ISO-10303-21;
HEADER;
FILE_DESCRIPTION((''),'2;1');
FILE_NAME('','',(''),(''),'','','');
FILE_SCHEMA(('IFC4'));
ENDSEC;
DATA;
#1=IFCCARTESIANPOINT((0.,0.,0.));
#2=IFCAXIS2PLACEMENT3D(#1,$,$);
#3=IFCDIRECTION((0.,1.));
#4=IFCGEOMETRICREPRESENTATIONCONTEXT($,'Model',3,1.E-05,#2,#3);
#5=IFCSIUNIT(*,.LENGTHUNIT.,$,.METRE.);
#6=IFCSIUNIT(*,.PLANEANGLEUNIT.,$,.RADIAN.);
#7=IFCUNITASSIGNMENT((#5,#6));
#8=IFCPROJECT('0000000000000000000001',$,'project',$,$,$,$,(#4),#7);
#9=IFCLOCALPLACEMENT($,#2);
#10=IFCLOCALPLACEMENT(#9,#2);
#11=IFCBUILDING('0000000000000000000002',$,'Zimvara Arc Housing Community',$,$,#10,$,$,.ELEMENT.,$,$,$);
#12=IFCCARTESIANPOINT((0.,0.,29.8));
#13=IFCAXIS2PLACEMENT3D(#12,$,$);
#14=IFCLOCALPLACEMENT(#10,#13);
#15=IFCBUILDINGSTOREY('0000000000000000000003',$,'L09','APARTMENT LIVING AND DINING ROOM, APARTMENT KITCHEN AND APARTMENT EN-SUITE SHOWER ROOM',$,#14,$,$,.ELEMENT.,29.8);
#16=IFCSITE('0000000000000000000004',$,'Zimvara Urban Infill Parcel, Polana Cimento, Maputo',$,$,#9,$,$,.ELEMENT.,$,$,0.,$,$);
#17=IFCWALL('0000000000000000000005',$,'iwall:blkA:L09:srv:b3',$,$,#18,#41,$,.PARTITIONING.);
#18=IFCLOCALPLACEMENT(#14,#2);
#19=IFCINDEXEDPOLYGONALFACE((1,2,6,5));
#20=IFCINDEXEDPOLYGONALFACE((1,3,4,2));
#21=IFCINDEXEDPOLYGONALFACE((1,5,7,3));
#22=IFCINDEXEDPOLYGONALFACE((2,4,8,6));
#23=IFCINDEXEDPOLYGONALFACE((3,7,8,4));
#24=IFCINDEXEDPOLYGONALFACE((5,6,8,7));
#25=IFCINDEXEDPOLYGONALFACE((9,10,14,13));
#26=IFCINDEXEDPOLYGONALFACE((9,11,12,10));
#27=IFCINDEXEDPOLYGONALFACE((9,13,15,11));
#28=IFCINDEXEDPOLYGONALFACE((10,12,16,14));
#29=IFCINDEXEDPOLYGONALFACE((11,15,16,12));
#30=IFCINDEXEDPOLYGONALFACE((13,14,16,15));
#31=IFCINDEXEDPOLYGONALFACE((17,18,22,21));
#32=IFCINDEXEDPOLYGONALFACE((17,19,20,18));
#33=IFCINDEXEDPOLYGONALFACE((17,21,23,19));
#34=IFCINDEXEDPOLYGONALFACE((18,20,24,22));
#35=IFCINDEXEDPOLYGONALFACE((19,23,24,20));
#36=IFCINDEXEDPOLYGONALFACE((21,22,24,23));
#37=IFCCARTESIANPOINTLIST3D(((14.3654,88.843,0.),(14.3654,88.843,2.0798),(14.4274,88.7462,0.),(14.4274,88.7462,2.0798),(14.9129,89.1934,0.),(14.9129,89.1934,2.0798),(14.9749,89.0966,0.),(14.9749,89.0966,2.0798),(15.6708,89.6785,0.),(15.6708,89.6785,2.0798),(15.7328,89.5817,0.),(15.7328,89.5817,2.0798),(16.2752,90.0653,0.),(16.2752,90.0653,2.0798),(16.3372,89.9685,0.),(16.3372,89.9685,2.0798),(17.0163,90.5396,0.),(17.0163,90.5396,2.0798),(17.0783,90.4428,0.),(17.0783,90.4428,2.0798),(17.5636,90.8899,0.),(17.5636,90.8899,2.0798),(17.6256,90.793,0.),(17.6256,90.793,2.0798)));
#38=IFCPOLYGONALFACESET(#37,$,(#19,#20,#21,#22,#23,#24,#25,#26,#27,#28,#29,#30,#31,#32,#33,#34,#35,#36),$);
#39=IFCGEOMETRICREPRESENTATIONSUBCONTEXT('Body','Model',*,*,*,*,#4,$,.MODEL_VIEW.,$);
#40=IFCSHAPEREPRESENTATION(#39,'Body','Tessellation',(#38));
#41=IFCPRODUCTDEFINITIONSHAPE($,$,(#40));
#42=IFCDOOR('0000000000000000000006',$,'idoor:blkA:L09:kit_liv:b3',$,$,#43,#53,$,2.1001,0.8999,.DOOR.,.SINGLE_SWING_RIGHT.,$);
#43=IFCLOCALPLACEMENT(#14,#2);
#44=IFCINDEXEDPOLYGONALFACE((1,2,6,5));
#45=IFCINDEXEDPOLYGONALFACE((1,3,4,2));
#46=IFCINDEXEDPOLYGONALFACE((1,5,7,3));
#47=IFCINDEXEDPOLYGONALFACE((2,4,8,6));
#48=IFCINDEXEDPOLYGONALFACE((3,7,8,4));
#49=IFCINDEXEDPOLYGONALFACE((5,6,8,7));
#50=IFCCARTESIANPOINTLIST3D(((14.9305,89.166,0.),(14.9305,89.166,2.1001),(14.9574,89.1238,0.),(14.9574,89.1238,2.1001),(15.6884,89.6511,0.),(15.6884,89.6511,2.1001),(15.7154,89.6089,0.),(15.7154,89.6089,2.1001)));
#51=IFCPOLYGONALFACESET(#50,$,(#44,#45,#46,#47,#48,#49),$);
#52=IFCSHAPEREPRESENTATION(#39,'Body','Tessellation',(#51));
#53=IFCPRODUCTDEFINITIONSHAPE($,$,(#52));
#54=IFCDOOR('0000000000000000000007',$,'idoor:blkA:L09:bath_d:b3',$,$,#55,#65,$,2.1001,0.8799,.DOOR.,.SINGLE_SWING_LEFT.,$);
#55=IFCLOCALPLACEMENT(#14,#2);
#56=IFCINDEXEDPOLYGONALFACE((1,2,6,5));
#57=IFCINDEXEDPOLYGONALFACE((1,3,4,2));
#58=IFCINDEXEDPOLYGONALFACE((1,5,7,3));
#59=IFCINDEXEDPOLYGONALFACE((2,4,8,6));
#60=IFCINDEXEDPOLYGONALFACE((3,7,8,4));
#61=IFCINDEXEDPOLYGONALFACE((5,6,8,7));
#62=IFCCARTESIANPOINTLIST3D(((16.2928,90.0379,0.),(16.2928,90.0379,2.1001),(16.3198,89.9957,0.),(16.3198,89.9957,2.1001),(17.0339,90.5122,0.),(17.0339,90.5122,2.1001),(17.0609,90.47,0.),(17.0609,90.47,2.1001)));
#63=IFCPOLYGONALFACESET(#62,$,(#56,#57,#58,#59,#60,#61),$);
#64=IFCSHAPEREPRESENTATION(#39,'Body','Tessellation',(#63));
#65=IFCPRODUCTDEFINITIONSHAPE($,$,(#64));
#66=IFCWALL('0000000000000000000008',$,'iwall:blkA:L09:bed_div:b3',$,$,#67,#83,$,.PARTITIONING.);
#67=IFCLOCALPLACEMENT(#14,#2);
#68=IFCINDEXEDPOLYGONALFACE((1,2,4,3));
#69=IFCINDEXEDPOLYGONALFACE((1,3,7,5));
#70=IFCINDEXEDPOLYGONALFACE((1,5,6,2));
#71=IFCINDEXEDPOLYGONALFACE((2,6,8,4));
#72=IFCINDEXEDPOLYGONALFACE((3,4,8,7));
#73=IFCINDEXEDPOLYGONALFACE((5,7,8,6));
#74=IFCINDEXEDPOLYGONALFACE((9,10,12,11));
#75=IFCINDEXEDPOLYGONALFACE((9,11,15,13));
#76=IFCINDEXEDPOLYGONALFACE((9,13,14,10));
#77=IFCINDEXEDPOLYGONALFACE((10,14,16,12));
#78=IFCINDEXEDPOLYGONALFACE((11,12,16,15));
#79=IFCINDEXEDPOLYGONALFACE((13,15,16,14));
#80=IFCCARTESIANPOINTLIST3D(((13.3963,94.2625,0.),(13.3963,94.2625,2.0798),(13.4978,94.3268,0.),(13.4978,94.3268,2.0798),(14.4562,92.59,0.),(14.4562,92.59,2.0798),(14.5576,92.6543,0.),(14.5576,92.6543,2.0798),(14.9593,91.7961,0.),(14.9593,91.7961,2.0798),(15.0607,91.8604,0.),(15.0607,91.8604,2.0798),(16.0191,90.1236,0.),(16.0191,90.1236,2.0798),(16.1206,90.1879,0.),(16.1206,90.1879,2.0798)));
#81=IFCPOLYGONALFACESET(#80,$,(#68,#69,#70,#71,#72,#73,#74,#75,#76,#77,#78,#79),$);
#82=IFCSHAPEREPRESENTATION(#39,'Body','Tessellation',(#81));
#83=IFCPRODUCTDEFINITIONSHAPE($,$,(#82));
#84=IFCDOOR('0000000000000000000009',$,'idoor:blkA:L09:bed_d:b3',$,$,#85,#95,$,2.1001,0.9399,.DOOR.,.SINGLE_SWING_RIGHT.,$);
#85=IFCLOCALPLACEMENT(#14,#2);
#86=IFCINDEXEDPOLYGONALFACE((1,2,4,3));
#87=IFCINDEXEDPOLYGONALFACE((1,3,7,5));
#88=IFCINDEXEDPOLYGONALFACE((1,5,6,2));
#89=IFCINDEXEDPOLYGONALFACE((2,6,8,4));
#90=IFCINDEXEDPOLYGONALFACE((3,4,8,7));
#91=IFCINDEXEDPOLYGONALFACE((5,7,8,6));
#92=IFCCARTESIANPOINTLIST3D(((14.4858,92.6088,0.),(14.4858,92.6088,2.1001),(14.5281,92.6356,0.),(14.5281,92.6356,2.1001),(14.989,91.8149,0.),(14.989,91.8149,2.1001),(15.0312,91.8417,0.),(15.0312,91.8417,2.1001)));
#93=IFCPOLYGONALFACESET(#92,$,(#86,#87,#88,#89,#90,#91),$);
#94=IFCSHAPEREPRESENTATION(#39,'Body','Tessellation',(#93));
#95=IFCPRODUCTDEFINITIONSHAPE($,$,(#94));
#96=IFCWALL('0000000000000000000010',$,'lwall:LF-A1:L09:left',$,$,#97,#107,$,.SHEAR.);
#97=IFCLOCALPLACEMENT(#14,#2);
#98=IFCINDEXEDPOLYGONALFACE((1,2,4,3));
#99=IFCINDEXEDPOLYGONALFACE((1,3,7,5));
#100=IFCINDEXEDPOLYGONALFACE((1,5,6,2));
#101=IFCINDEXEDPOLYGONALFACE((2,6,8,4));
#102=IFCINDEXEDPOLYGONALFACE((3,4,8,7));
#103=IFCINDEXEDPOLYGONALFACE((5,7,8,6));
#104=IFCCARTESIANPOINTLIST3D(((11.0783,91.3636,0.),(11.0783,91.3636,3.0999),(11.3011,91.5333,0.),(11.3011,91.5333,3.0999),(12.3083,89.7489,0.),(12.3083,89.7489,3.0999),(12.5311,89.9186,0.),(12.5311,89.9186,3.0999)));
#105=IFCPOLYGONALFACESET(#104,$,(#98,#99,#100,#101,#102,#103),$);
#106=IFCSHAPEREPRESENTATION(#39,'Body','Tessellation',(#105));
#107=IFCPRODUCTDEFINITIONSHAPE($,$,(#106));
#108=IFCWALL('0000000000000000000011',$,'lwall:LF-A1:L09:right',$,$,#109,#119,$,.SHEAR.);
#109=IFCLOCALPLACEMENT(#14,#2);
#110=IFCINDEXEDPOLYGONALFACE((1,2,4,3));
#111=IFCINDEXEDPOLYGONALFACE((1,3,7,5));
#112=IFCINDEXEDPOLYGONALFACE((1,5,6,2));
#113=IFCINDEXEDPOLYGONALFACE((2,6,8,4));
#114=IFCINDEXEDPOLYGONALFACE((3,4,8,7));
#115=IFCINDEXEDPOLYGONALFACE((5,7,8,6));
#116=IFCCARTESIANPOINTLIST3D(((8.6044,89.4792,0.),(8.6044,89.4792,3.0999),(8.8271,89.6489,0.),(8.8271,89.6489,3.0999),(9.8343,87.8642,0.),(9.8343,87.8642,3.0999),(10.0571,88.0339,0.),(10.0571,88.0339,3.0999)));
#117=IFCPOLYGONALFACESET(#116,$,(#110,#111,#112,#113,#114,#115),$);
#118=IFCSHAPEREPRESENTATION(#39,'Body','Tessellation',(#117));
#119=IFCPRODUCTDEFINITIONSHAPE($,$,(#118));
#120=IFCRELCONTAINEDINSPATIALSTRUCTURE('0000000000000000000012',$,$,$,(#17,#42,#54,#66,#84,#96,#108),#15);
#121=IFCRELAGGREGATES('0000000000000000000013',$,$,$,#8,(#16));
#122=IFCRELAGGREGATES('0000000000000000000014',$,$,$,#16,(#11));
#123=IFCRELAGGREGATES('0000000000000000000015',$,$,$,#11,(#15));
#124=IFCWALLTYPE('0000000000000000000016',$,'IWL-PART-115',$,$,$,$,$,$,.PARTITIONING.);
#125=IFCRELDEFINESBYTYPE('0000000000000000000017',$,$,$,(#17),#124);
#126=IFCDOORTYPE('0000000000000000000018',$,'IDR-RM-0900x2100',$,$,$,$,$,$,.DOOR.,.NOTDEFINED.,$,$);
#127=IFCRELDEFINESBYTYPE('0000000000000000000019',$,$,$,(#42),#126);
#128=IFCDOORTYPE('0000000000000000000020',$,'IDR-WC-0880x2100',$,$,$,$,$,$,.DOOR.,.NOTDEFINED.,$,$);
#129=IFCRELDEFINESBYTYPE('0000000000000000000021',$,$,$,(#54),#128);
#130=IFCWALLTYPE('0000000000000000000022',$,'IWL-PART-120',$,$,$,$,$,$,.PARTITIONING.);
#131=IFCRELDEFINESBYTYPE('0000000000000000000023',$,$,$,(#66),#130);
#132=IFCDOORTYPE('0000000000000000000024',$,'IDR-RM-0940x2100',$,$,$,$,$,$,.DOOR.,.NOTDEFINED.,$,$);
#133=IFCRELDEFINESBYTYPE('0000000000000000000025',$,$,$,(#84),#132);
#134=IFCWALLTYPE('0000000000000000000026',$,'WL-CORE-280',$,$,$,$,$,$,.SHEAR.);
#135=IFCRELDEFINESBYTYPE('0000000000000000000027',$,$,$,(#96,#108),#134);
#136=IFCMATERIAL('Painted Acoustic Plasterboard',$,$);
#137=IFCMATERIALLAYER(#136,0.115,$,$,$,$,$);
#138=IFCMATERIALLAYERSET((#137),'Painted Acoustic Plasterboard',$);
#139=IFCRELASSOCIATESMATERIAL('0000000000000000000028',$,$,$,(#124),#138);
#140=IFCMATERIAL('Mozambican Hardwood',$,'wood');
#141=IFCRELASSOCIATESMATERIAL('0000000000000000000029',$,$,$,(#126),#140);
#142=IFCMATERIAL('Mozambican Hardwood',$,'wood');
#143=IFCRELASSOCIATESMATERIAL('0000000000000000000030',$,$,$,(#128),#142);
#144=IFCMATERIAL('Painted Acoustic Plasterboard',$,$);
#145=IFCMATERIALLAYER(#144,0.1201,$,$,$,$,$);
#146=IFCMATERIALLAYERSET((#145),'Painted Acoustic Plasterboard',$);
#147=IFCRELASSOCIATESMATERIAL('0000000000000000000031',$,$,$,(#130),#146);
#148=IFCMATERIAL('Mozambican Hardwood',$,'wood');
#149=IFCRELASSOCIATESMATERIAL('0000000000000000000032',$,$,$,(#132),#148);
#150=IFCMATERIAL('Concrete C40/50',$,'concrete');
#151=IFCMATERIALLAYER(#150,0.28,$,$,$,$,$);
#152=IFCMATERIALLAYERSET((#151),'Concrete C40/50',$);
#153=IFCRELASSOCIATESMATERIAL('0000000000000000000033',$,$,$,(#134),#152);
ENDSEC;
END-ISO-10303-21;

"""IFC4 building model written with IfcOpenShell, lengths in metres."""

from ifc_helpers import new_model, si_unit, direction, frame, frame_2d, origin, place, context, subcontext, project, spatial, rectangle, extrude, material, layer, layer_set, type_object, element, fill, save


model = new_model("IFC4")

# Units and contexts
model_context = context("Model", 3, precision=1e-05, world=origin(), true_north=direction((0.0, 1.0)))
body_context = subcontext(model_context, "Body", "Model", "MODEL_VIEW")
ifc_project = project(units=[si_unit("LENGTHUNIT", "METRE"), si_unit("PLANEANGLEUNIT", "RADIAN")], contexts=[model_context])

# Site, building, storey
site_placement = place(None, origin())
site = spatial("IfcSite", under=ifc_project, at=site_placement, Name="Zimvara Urban Infill Parcel, Polana Cimento, Maputo", CompositionType="ELEMENT", RefElevation=0.0)
building_placement = place(site_placement, origin())
building = spatial("IfcBuilding", under=site, at=building_placement, Name="Zimvara Arc Housing Community", CompositionType="ELEMENT")
storey_placement = place(building_placement, frame((0.0, 0.0, 29.8)))
storey = spatial("IfcBuildingStorey", under=building, at=storey_placement, Name="L09", Description="APARTMENT LIVING AND DINING ROOM, APARTMENT KITCHEN AND APARTMENT EN-SUITE SHOWER ROOM", CompositionType="ELEMENT", Elevation=29.8)

# Wall, openings, doors
ifc_material_1 = material(Name="Painted Acoustic Plasterboard")
ifc_layer_1 = layer(ifc_material_1, 0.115)
ifc_layer_set_1 = layer_set([ifc_layer_1], Name="Painted Acoustic Plasterboard")
wall_type_1 = type_object("IfcWallType", Name="IWL-PART-115", PredefinedType="PARTITIONING", material=ifc_layer_set_1)
wall_1_placement = place(storey_placement, frame((14.3965, 88.7947, 0.0), z_axis=(0.0, 0.0, 1.0), x_axis=(0.842271, 0.539054, 0.0)))
wall_1 = element("IfcWall", 1, at=wall_1_placement, inside=storey, type_object=wall_type_1, Name="iwall:blkA:L09:srv:b3", PredefinedType="PARTITIONING", context=body_context, shape_type="SweptSolid", body=[
    extrude(rectangle(XDim=3.7971, YDim=0.115, at=frame_2d((1.8984, 0.0))), origin(), (0.0, 0.0, 1.0), 2.0798),
])
opening_1_placement = place(wall_1_placement, frame((0.6499, 0.0, 0.0)))
opening_1 = element("IfcOpeningElement", 2, at=opening_1_placement, cuts=wall_1, PredefinedType="OPENING", context=body_context, shape_type="SweptSolid", body=[
    extrude(rectangle(XDim=0.8999, YDim=2.1001, at=frame_2d((0.45, 1.05))), frame((0.0, 0.0674, 0.0), z_axis=(0.0, -1.0, 0.0), x_axis=(1.0, 0.0, 0.0)), (0.0, 0.0, 1.0), 0.135),
])
opening_2_placement = place(wall_1_placement, frame((2.2673, 0.0, 0.0)))
opening_2 = element("IfcOpeningElement", 3, at=opening_2_placement, cuts=wall_1, PredefinedType="OPENING", context=body_context, shape_type="SweptSolid", body=[
    extrude(rectangle(XDim=0.8799, YDim=2.1001, at=frame_2d((0.4399, 1.05))), frame((0.0, 0.0674, 0.0), z_axis=(0.0, -1.0, 0.0), x_axis=(1.0, 0.0, 0.0)), (0.0, 0.0, 1.0), 0.135),
])
ifc_material_2 = material(Name="Mozambican Hardwood", Category="wood")
door_type_1 = type_object("IfcDoorType", Name="IDR-RM-0900x2100", OperationType="NOTDEFINED", PredefinedType="DOOR", material=ifc_material_2)
door_1_placement = place(opening_1_placement, origin())
door_1 = element("IfcDoor", 4, at=door_1_placement, inside=storey, type_object=door_type_1, Name="idoor:blkA:L09:kit_liv:b3", OperationType="SINGLE_SWING_RIGHT", OverallHeight=2.1001, OverallWidth=0.8999, PredefinedType="DOOR", context=body_context, shape_type="SweptSolid", body=[
    extrude(rectangle(XDim=0.8999, YDim=2.1001, at=frame_2d((0.45, 1.05))), frame((0.0, 0.0249, 0.0), z_axis=(0.0, -1.0, 0.0), x_axis=(1.0, 0.0, 0.0)), (0.0, 0.0, 1.0), 0.05),
])
fill(opening_1, door_1)
ifc_material_3 = material(Name="Mozambican Hardwood", Category="wood")
door_type_2 = type_object("IfcDoorType", Name="IDR-WC-0880x2100", OperationType="NOTDEFINED", PredefinedType="DOOR", material=ifc_material_3)
door_2_placement = place(opening_2_placement, origin())
door_2 = element("IfcDoor", 5, at=door_2_placement, inside=storey, type_object=door_type_2, Name="idoor:blkA:L09:bath_d:b3", OperationType="SINGLE_SWING_LEFT", OverallHeight=2.1001, OverallWidth=0.8799, PredefinedType="DOOR", context=body_context, shape_type="SweptSolid", body=[
    extrude(rectangle(XDim=0.8799, YDim=2.1001, at=frame_2d((0.4399, 1.05))), frame((0.0, 0.0249, 0.0), z_axis=(0.0, -1.0, 0.0), x_axis=(1.0, 0.0, 0.0)), (0.0, 0.0, 1.0), 0.05),
])
fill(opening_2, door_2)

# Wall, opening, door
ifc_material_4 = material(Name="Painted Acoustic Plasterboard")
ifc_layer_2 = layer(ifc_material_4, 0.1201)
ifc_layer_set_2 = layer_set([ifc_layer_2], Name="Painted Acoustic Plasterboard")
wall_type_2 = type_object("IfcWallType", Name="IWL-PART-120", PredefinedType="PARTITIONING", material=ifc_layer_set_2)
wall_2_placement = place(storey_placement, frame((16.0698, 90.1558, 0.0), z_axis=(0.0, 0.0, 1.0), x_axis=(-0.535269, 0.844682, 0.0)))
wall_2 = element("IfcWall", 6, at=wall_2_placement, inside=storey, type_object=wall_type_2, Name="iwall:blkA:L09:bed_div:b3", PredefinedType="PARTITIONING", context=body_context, shape_type="SweptSolid", body=[
    extrude(rectangle(XDim=4.8999, YDim=0.1201, at=frame_2d((2.45, 0.0))), origin(), (0.0, 0.0, 1.0), 2.0798),
])
opening_3_placement = place(wall_2_placement, frame((1.98, 0.0, 0.0)))
opening_3 = element("IfcOpeningElement", 7, at=opening_3_placement, cuts=wall_2, PredefinedType="OPENING", context=body_context, shape_type="SweptSolid", body=[
    extrude(rectangle(XDim=0.9399, YDim=2.1001, at=frame_2d((0.47, 1.05))), frame((0.0, 0.0701, 0.0), z_axis=(0.0, -1.0, 0.0), x_axis=(1.0, 0.0, 0.0)), (0.0, 0.0, 1.0), 0.1401),
])
ifc_material_5 = material(Name="Mozambican Hardwood", Category="wood")
door_type_3 = type_object("IfcDoorType", Name="IDR-RM-0940x2100", OperationType="NOTDEFINED", PredefinedType="DOOR", material=ifc_material_5)
door_3_placement = place(opening_3_placement, origin())
door_3 = element("IfcDoor", 8, at=door_3_placement, inside=storey, type_object=door_type_3, Name="idoor:blkA:L09:bed_d:b3", OperationType="SINGLE_SWING_RIGHT", OverallHeight=2.1001, OverallWidth=0.9399, PredefinedType="DOOR", context=body_context, shape_type="SweptSolid", body=[
    extrude(rectangle(XDim=0.9399, YDim=2.1001, at=frame_2d((0.47, 1.05))), frame((0.0, 0.0249, 0.0), z_axis=(0.0, -1.0, 0.0), x_axis=(1.0, 0.0, 0.0)), (0.0, 0.0, 1.0), 0.05),
])
fill(opening_3, door_3)
ifc_material_6 = material(Name="Concrete C40/50", Category="concrete")
ifc_layer_3 = layer(ifc_material_6, 0.28)
ifc_layer_set_3 = layer_set([ifc_layer_3], Name="Concrete C40/50")
wall_type_3 = type_object("IfcWallType", Name="WL-CORE-280", PredefinedType="SHEAR", material=ifc_layer_set_3)

# Walls
wall_3_placement = place(storey_placement, frame((12.4197, 89.8337, 0.0), z_axis=(0.0, 0.0, 1.0), x_axis=(-0.605949, 0.795504, 0.0)))
element("IfcWall", 9, at=wall_3_placement, inside=storey, type_object=wall_type_3, Name="lwall:LF-A1:L09:left", PredefinedType="SHEAR", context=body_context, shape_type="SweptSolid", body=[
    extrude(rectangle(XDim=2.0298, YDim=0.28, at=frame_2d((1.0149, 0.0))), origin(), (0.0, 0.0, 1.0), 3.0999),
])
wall_4_placement = place(storey_placement, frame((9.9458, 87.949, 0.0), z_axis=(0.0, 0.0, 1.0), x_axis=(-0.605891, 0.795548, 0.0)))
element("IfcWall", 10, at=wall_4_placement, inside=storey, type_object=wall_type_3, Name="lwall:LF-A1:L09:right", PredefinedType="SHEAR", context=body_context, shape_type="SweptSolid", body=[
    extrude(rectangle(XDim=2.03, YDim=0.28, at=frame_2d((1.0151, 0.0))), origin(), (0.0, 0.0, 1.0), 3.0999),
])

save(model, "model.ifc")
